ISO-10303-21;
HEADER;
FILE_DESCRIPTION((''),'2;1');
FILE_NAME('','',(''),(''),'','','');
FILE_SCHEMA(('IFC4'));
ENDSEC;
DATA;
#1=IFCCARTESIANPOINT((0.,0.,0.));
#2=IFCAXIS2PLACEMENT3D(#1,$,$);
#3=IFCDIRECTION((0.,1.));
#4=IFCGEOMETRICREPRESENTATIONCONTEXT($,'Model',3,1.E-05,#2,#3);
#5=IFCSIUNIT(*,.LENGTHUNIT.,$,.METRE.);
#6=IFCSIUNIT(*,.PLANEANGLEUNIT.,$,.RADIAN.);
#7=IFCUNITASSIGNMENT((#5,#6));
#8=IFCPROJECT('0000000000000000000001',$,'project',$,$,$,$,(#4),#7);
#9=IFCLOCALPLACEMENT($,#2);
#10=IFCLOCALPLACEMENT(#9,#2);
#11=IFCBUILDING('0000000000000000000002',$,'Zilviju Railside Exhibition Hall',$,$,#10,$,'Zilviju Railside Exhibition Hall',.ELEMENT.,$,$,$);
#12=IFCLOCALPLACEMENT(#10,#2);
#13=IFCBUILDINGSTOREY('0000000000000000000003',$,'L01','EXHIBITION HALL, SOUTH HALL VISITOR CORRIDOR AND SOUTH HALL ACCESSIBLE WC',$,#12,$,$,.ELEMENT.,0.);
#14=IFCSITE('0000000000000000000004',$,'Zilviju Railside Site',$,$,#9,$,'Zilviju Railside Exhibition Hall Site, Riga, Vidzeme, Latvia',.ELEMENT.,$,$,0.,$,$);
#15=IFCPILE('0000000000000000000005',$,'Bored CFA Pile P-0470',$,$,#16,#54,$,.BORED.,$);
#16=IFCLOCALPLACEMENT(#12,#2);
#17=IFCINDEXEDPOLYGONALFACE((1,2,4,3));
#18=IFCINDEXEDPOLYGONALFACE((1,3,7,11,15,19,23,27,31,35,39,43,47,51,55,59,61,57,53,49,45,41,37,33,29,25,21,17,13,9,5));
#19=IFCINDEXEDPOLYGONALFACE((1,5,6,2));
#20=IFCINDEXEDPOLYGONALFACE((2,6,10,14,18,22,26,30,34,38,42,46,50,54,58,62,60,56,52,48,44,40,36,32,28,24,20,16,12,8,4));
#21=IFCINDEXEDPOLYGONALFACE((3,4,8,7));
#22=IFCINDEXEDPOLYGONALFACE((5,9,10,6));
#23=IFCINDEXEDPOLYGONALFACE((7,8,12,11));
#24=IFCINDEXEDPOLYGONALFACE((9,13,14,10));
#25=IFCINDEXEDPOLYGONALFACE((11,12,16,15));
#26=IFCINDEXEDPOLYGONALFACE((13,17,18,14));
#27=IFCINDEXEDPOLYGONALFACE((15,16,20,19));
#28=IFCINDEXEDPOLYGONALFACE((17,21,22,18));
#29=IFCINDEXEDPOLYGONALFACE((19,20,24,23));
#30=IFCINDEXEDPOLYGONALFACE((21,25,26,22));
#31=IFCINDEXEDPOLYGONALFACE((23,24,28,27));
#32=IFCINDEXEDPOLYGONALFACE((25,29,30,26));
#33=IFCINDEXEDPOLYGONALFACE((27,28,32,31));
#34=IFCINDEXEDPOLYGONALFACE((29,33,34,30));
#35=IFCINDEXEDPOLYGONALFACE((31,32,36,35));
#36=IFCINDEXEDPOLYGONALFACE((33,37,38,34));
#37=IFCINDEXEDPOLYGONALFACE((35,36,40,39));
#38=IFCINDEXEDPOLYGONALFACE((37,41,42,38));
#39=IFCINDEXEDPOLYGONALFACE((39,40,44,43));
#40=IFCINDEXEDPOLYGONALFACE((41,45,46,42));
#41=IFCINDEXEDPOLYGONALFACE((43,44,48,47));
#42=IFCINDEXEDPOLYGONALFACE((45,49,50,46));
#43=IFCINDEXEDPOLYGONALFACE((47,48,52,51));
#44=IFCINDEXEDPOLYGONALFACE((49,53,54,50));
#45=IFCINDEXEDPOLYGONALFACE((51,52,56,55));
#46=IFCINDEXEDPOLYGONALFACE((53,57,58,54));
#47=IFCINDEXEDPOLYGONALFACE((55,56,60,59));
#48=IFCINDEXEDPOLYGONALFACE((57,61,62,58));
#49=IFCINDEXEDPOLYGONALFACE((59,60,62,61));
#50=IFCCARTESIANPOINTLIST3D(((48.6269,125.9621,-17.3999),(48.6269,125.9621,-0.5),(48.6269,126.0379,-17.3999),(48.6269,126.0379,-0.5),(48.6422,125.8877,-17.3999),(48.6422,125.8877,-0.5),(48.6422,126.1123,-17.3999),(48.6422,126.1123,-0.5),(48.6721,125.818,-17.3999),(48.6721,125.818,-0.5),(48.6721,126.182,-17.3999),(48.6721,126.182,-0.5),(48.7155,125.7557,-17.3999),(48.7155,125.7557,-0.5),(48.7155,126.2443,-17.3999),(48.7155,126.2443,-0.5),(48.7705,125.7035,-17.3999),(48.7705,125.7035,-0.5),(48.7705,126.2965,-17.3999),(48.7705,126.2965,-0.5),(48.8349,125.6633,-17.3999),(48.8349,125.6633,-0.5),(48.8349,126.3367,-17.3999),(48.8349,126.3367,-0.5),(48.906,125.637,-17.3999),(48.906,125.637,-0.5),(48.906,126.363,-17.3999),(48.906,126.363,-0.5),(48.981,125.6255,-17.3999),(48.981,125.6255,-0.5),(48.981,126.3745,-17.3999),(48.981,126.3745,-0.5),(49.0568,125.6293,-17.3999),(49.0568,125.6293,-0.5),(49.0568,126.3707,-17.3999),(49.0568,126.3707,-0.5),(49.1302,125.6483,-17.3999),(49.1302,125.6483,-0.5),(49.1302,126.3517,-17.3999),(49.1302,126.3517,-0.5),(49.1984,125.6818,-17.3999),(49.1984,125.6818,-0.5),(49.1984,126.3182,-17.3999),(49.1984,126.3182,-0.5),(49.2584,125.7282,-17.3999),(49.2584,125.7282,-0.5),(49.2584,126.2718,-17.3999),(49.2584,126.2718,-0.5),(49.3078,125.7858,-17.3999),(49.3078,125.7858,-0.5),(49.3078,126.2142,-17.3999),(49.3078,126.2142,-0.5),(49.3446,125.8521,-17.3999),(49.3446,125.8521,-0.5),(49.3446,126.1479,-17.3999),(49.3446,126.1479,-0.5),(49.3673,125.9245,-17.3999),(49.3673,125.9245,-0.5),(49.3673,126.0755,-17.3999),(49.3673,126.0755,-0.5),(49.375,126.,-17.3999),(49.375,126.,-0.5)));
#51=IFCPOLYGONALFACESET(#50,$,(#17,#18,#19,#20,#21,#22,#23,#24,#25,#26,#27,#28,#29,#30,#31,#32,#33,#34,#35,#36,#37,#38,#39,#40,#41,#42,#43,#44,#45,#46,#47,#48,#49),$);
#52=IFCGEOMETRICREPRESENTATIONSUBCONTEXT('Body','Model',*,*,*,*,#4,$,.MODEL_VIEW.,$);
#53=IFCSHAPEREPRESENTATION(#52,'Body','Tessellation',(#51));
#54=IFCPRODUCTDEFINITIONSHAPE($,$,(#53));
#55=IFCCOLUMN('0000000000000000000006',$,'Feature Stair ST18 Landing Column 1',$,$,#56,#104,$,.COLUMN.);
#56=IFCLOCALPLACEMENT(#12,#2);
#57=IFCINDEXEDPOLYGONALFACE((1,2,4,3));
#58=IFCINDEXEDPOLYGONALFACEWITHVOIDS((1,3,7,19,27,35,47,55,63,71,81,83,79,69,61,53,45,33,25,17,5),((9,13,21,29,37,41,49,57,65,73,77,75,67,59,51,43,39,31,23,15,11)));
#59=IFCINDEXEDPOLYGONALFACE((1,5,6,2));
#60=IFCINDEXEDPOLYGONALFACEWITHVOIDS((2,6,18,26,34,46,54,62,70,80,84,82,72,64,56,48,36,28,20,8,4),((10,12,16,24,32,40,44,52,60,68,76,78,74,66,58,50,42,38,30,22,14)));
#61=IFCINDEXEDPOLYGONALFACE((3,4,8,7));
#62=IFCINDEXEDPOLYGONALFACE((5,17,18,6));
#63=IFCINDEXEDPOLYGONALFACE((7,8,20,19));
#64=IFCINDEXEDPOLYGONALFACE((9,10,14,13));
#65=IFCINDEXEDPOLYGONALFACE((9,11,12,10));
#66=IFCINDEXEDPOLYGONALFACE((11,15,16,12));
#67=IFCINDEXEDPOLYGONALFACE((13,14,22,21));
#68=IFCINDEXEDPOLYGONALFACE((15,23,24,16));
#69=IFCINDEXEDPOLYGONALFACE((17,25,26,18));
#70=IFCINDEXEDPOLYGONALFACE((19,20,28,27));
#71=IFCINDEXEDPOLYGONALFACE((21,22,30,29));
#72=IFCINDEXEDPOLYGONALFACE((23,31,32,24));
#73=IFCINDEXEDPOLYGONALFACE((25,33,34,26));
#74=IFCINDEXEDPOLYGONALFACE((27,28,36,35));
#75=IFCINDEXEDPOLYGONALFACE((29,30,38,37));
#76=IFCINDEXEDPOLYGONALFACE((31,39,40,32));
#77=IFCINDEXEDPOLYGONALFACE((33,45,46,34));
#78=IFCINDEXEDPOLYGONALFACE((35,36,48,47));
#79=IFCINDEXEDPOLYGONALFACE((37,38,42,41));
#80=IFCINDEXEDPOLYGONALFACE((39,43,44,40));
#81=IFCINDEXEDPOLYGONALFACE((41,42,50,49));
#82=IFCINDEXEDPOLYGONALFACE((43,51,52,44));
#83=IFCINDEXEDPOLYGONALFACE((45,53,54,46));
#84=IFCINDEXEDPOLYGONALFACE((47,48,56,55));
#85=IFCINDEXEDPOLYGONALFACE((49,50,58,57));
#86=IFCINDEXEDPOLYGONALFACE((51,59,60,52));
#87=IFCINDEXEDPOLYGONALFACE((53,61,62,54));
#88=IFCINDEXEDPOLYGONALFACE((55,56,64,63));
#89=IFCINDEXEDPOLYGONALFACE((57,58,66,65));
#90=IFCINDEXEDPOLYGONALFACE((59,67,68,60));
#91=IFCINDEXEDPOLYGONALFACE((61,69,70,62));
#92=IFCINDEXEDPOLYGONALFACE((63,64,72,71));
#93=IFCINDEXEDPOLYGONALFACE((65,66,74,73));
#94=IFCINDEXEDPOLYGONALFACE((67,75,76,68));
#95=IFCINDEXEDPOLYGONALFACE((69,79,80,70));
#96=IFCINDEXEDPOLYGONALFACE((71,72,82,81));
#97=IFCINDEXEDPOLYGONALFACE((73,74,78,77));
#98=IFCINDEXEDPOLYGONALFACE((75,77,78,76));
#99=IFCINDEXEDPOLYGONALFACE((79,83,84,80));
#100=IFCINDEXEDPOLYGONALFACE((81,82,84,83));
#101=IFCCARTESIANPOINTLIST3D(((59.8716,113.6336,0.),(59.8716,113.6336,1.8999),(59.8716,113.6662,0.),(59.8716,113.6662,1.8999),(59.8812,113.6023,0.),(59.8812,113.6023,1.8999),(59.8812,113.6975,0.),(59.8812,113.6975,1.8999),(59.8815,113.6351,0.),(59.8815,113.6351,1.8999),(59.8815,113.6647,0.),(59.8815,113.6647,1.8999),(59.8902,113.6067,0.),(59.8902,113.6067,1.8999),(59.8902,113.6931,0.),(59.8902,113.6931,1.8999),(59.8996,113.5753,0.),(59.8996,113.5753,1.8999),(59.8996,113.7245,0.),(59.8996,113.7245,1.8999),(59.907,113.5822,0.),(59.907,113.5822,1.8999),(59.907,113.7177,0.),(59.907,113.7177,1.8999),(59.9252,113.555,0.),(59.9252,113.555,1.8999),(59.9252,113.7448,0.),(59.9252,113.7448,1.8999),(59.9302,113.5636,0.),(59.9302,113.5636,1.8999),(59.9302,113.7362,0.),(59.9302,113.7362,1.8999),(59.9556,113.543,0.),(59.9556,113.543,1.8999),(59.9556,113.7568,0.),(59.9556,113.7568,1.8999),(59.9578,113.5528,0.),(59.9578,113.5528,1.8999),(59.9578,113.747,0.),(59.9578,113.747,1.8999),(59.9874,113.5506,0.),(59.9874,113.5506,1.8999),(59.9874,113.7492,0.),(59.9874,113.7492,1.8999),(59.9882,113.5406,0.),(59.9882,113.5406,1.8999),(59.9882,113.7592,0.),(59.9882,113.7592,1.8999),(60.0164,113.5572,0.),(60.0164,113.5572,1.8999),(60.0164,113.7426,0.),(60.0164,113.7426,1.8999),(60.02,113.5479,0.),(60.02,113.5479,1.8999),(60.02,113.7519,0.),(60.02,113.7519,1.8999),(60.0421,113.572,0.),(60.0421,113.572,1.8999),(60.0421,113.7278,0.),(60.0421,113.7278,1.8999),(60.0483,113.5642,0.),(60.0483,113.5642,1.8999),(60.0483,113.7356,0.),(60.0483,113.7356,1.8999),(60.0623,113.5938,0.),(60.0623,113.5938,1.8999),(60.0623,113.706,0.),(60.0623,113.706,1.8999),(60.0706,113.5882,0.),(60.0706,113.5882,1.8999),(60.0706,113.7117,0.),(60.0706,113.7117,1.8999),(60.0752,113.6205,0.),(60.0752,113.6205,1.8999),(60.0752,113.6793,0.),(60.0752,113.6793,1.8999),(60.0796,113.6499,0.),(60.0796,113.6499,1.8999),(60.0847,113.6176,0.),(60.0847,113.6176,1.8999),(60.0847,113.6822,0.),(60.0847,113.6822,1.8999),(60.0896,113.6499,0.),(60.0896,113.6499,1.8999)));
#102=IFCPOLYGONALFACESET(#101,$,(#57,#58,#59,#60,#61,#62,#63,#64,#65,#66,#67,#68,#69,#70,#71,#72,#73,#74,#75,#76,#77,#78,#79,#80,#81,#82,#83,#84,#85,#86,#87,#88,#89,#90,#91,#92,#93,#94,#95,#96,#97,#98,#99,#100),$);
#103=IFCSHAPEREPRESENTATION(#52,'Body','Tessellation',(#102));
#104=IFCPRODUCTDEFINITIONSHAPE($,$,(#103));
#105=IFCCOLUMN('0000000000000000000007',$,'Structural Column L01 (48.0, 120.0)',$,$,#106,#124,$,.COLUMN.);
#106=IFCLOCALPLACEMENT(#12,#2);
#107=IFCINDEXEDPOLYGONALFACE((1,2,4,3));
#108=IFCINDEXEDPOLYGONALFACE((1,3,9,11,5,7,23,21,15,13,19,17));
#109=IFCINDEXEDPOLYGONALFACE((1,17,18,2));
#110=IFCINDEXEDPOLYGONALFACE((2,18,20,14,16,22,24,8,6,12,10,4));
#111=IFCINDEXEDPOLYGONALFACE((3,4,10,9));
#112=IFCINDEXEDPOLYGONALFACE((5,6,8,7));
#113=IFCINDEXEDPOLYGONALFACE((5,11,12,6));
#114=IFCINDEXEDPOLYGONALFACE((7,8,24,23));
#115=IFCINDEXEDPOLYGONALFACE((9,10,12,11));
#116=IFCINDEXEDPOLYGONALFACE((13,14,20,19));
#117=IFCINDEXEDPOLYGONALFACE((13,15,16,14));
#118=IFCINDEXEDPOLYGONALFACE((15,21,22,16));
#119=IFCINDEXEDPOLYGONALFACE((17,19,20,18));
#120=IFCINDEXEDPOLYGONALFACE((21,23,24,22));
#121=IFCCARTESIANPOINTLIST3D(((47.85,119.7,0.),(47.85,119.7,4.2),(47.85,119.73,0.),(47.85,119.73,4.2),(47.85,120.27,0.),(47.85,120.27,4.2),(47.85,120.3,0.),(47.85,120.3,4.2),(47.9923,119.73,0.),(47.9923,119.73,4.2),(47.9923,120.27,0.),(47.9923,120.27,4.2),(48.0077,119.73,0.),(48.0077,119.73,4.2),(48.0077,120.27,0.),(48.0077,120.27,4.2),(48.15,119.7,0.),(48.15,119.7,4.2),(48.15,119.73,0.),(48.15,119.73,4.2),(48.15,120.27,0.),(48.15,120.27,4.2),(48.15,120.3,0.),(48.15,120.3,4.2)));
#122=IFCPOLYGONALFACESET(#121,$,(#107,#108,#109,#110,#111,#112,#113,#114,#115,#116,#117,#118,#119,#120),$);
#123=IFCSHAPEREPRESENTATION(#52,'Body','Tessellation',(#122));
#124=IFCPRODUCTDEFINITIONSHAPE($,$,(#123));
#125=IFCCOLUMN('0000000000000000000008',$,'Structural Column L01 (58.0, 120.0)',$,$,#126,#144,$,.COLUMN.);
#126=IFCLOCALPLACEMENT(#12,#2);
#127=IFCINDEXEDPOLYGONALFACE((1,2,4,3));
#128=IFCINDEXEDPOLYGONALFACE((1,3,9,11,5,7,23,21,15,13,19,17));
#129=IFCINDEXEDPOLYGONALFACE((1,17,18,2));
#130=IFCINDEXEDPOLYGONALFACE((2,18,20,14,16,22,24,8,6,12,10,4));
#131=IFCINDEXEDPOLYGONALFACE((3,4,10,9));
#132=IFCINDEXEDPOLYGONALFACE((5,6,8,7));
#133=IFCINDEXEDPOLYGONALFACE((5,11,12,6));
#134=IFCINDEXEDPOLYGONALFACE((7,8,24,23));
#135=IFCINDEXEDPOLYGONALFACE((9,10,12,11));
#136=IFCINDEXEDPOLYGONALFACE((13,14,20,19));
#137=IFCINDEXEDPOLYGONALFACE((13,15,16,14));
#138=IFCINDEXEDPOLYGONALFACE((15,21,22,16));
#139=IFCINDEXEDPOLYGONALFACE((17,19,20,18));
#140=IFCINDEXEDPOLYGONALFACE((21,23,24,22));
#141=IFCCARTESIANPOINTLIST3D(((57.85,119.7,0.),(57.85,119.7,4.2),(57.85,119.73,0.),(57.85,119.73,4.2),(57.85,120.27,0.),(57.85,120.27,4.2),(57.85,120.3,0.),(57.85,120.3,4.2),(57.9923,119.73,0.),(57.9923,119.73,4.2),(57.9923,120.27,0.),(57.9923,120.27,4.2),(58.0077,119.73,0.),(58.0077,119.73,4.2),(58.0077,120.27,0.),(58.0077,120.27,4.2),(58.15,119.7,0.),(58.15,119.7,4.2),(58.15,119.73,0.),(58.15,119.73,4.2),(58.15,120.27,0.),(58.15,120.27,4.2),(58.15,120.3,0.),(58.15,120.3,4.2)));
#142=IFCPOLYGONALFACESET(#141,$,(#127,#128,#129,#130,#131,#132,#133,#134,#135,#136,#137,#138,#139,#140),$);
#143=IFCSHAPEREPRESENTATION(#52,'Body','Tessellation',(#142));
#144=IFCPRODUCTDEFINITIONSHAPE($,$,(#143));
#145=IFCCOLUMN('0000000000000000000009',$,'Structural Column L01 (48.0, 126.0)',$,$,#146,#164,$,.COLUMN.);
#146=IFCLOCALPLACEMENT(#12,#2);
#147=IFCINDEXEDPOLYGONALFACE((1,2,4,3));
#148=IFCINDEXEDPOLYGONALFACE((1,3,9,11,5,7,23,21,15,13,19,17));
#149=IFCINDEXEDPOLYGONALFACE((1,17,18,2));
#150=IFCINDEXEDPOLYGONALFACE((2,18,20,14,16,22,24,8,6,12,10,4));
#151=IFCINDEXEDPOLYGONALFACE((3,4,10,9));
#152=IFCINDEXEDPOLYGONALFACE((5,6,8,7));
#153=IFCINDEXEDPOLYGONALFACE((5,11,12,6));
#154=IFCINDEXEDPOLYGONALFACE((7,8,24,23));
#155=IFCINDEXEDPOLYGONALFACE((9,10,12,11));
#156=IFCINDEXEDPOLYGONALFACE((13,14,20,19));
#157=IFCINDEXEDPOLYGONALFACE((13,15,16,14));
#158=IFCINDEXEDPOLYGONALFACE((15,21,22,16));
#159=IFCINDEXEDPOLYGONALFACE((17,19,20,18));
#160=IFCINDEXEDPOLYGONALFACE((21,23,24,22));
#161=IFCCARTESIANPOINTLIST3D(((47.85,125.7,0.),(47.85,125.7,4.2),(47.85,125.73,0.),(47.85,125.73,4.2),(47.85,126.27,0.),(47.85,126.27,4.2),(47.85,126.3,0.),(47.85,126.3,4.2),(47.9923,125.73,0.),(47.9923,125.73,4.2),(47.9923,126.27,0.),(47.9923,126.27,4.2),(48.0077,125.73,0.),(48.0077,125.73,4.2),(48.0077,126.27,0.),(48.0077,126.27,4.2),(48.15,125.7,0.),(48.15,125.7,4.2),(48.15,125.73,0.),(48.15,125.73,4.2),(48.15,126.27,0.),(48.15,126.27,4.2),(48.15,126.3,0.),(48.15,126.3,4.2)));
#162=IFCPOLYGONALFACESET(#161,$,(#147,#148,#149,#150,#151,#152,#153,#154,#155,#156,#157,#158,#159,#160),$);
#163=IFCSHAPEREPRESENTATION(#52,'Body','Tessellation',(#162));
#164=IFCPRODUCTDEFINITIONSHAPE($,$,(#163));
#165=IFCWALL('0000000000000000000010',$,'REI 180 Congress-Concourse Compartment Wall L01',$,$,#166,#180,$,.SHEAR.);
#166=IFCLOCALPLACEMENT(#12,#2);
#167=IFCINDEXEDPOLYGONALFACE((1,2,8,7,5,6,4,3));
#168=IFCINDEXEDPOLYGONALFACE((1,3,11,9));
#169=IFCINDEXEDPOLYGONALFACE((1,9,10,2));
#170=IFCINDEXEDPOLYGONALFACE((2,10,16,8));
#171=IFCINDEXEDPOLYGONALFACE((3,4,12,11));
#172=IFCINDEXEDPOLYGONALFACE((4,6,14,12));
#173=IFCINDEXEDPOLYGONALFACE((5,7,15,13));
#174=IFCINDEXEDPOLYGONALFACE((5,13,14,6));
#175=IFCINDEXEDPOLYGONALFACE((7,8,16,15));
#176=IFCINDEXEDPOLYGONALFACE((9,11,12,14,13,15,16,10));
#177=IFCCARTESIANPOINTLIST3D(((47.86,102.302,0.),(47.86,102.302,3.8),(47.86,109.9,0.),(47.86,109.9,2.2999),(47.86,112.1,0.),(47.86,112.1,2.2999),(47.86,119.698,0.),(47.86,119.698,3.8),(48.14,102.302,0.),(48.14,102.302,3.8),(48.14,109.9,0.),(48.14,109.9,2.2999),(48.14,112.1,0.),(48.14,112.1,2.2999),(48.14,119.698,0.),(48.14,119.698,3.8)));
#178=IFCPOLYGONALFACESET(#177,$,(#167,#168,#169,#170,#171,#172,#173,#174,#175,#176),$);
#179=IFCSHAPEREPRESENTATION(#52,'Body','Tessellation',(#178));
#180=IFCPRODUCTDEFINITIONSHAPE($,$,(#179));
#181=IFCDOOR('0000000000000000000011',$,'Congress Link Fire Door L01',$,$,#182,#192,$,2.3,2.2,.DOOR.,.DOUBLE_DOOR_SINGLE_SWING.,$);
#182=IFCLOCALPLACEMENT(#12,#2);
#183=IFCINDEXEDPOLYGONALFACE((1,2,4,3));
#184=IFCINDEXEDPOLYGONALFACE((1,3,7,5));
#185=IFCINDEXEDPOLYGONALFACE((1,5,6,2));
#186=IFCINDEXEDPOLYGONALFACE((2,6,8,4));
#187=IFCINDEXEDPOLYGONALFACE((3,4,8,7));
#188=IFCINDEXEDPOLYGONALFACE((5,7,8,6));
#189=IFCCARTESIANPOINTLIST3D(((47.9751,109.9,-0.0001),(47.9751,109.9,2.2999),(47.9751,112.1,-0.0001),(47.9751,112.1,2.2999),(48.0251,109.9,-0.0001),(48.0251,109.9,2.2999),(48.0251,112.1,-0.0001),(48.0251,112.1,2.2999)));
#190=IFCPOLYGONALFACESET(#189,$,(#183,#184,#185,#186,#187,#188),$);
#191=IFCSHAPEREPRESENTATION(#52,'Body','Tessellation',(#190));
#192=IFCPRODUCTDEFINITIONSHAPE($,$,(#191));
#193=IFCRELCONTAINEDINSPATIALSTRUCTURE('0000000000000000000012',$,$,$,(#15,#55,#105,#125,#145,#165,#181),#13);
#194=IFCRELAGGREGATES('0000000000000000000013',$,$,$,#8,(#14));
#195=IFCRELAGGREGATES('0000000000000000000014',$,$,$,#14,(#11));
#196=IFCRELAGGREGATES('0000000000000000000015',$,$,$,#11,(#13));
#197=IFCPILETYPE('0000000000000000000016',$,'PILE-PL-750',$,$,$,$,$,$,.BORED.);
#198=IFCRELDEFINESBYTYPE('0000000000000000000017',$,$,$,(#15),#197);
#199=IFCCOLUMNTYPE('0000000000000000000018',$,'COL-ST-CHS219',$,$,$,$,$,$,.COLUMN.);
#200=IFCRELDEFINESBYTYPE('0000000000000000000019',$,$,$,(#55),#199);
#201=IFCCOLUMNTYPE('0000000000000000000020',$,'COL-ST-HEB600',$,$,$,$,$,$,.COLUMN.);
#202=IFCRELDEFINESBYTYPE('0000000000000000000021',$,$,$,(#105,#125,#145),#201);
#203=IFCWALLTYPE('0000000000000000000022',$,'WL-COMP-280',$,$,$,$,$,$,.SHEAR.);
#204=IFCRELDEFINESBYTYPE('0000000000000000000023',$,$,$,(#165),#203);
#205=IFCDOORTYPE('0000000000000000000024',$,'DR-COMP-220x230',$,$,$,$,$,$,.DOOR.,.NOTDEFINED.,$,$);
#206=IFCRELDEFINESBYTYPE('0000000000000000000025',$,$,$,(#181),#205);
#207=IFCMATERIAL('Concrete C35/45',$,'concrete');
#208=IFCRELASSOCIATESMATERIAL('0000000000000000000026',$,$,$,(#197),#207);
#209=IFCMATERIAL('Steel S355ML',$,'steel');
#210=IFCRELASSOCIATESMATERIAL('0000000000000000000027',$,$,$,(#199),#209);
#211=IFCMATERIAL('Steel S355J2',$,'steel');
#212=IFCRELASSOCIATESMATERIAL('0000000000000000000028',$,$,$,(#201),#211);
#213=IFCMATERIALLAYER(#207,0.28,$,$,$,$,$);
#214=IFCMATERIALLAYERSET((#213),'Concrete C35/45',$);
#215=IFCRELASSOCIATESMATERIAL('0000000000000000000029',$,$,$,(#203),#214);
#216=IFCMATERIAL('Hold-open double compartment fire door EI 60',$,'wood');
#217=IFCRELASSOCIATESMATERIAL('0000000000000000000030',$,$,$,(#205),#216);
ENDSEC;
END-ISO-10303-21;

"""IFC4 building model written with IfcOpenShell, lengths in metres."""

from ifc_helpers import new_model, si_unit, direction, frame, frame_2d, origin, origin_2d, place, context, subcontext, project, spatial, rectangle, circle, hollow_circle, i_section, extrude, material, layer, layer_set, material_profile, profile_set, type_object, element, fill, save


model = new_model("IFC4")

# Units and contexts
model_context = context("Model", 3, precision=1e-05, world=origin(), true_north=direction((0.0, 1.0)))
body_context = subcontext(model_context, "Body", "Model", "MODEL_VIEW")
ifc_project = project(units=[si_unit("LENGTHUNIT", "METRE"), si_unit("PLANEANGLEUNIT", "RADIAN")], contexts=[model_context])

# Site, building, storey
site_placement = place(None, origin())
site = spatial("IfcSite", under=ifc_project, at=site_placement, Name="Zilviju Railside Site", LongName="Zilviju Railside Exhibition Hall Site, Riga, Vidzeme, Latvia", CompositionType="ELEMENT", RefElevation=0.0)
building_placement = place(site_placement, origin())
building = spatial("IfcBuilding", under=site, at=building_placement, Name="Zilviju Railside Exhibition Hall", LongName="Zilviju Railside Exhibition Hall", CompositionType="ELEMENT")
storey_placement = place(building_placement, origin())
storey = spatial("IfcBuildingStorey", under=building, at=storey_placement, Name="L01", Description="EXHIBITION HALL, SOUTH HALL VISITOR CORRIDOR AND SOUTH HALL ACCESSIBLE WC", CompositionType="ELEMENT", Elevation=0.0)

# Shared definitions
ifc_material_1 = material(Name="Concrete C35/45", Category="concrete")

# Pile
ifc_material_profile_1 = material_profile(ifc_material_1, circle(Radius=0.375, at=origin_2d()), Name="CFA PILE D750")
ifc_profile_set_1 = profile_set([ifc_material_profile_1], Name="Concrete C35/45")
pile_type = type_object("IfcPileType", Name="PILE-PL-750", PredefinedType="BORED", material=ifc_profile_set_1)
for number, where, z_axis, x_axis, name in (
    (1, (49.0, 126.0, -0.5), (0.0, 0.0, -1.0), (1.0, 0.0, 0.0), "Bored CFA Pile P-0470"),
):
    element("IfcPile", number, at=place(storey_placement, frame(where, z_axis=z_axis, x_axis=x_axis)), inside=storey, type_object=pile_type, Name=name, PredefinedType="BORED", context=body_context, shape_type="SweptSolid", body=[
        extrude(circle(Radius=0.375, at=origin_2d()), origin(), (0.0, 0.0, 1.0), 16.8999),
    ])

# Columns
ifc_material_2 = material(Name="Steel S355ML", Category="steel")
ifc_material_profile_2 = material_profile(ifc_material_2, hollow_circle(Radius=0.1096, WallThickness=0.01, at=origin_2d()), Name="CHS 219.1x10.0")
ifc_profile_set_2 = profile_set([ifc_material_profile_2], Name="Steel S355ML")
column_type_1 = type_object("IfcColumnType", Name="COL-ST-CHS219", PredefinedType="COLUMN", material=ifc_profile_set_2)
column_placement = place(storey_placement, frame((59.98, 113.6499, 0.0), z_axis=(0.0, 0.0, 1.0), x_axis=(1.0, 0.0, 0.0)))
element("IfcColumn", 2, at=column_placement, inside=storey, type_object=column_type_1, Name="Feature Stair ST18 Landing Column 1", PredefinedType="COLUMN", context=body_context, shape_type="SweptSolid", body=[
    extrude(hollow_circle(Radius=0.1096, WallThickness=0.01, at=origin_2d()), origin(), (0.0, 0.0, 1.0), 1.8999),
])
ifc_material_3 = material(Name="Steel S355J2", Category="steel")
ifc_material_profile_3 = material_profile(ifc_material_3, i_section(OverallWidth=0.3, OverallDepth=0.6001, WebThickness=0.0154, FlangeThickness=0.03, at=origin_2d()), Name="HEB 600")
ifc_profile_set_3 = profile_set([ifc_material_profile_3], Name="Steel S355J2")
column_type_2 = type_object("IfcColumnType", Name="COL-ST-HEB600", PredefinedType="COLUMN", material=ifc_profile_set_3)
for number, where, z_axis, x_axis, name in (
    (3, (48.0, 120.0, 0.0), (0.0, 0.0, 1.0), (1.0, 0.0, 0.0), "Structural Column L01 (48.0, 120.0)"),
    (4, (58.0, 120.0, 0.0), (0.0, 0.0, 1.0), (1.0, 0.0, 0.0), "Structural Column L01 (58.0, 120.0)"),
    (5, (48.0, 126.0, 0.0), (0.0, 0.0, 1.0), (1.0, 0.0, 0.0), "Structural Column L01 (48.0, 126.0)"),
):
    element("IfcColumn", number, at=place(storey_placement, frame(where, z_axis=z_axis, x_axis=x_axis)), inside=storey, type_object=column_type_2, Name=name, PredefinedType="COLUMN", context=body_context, shape_type="SweptSolid", body=[
        extrude(i_section(OverallWidth=0.3, OverallDepth=0.6001, WebThickness=0.0154, FlangeThickness=0.03, at=origin_2d()), origin(), (0.0, 0.0, 1.0), 4.2),
    ])

# Wall, opening, door
ifc_layer_1 = layer(ifc_material_1, 0.28)
ifc_layer_set_1 = layer_set([ifc_layer_1], Name="Concrete C35/45")
wall_type_1 = type_object("IfcWallType", Name="WL-COMP-280", PredefinedType="SHEAR", material=ifc_layer_set_1)
wall_1_placement = place(storey_placement, frame((48.0, 102.302, 0.0), z_axis=(0.0, 0.0, 1.0), x_axis=(0.0, 1.0, 0.0)))
wall_1 = element("IfcWall", 6, at=wall_1_placement, inside=storey, type_object=wall_type_1, Name="REI 180 Congress-Concourse Compartment Wall L01", PredefinedType="SHEAR", context=body_context, shape_type="SweptSolid", body=[
    extrude(rectangle(XDim=17.396, YDim=0.28, at=frame_2d((8.698, 0.0))), origin(), (0.0, 0.0, 1.0), 3.8),
])
opening_1_placement = place(wall_1_placement, frame((7.5979, 0.0, 0.0)))
opening_1 = element("IfcOpeningElement", 7, at=opening_1_placement, cuts=wall_1, PredefinedType="OPENING", context=body_context, shape_type="SweptSolid", body=[
    extrude(rectangle(XDim=2.2, YDim=2.3, at=frame_2d((1.1001, 1.1499))), frame((0.0, 0.1499, 0.0), z_axis=(0.0, -1.0, 0.0), x_axis=(1.0, 0.0, 0.0)), (0.0, 0.0, 1.0), 0.3),
])
ifc_material_4 = material(Name="Hold-open double compartment fire door EI 60", Category="wood")
door_type_1 = type_object("IfcDoorType", Name="DR-COMP-220x230", OperationType="NOTDEFINED", PredefinedType="DOOR", material=ifc_material_4)
door_1_placement = place(opening_1_placement, origin())
door_1 = element("IfcDoor", 8, at=door_1_placement, inside=storey, type_object=door_type_1, Name="Congress Link Fire Door L01", OperationType="DOUBLE_DOOR_SINGLE_SWING", OverallHeight=2.3, OverallWidth=2.2, PredefinedType="DOOR", context=body_context, shape_type="SweptSolid", body=[
    extrude(rectangle(XDim=2.2, YDim=2.3, at=frame_2d((1.1001, 1.1499))), frame((0.0, 0.0249, 0.0), z_axis=(0.0, -1.0, 0.0), x_axis=(1.0, 0.0, 0.0)), (0.0, 0.0, 1.0), 0.05),
])
fill(opening_1, door_1)

save(model, "model.ifc")
